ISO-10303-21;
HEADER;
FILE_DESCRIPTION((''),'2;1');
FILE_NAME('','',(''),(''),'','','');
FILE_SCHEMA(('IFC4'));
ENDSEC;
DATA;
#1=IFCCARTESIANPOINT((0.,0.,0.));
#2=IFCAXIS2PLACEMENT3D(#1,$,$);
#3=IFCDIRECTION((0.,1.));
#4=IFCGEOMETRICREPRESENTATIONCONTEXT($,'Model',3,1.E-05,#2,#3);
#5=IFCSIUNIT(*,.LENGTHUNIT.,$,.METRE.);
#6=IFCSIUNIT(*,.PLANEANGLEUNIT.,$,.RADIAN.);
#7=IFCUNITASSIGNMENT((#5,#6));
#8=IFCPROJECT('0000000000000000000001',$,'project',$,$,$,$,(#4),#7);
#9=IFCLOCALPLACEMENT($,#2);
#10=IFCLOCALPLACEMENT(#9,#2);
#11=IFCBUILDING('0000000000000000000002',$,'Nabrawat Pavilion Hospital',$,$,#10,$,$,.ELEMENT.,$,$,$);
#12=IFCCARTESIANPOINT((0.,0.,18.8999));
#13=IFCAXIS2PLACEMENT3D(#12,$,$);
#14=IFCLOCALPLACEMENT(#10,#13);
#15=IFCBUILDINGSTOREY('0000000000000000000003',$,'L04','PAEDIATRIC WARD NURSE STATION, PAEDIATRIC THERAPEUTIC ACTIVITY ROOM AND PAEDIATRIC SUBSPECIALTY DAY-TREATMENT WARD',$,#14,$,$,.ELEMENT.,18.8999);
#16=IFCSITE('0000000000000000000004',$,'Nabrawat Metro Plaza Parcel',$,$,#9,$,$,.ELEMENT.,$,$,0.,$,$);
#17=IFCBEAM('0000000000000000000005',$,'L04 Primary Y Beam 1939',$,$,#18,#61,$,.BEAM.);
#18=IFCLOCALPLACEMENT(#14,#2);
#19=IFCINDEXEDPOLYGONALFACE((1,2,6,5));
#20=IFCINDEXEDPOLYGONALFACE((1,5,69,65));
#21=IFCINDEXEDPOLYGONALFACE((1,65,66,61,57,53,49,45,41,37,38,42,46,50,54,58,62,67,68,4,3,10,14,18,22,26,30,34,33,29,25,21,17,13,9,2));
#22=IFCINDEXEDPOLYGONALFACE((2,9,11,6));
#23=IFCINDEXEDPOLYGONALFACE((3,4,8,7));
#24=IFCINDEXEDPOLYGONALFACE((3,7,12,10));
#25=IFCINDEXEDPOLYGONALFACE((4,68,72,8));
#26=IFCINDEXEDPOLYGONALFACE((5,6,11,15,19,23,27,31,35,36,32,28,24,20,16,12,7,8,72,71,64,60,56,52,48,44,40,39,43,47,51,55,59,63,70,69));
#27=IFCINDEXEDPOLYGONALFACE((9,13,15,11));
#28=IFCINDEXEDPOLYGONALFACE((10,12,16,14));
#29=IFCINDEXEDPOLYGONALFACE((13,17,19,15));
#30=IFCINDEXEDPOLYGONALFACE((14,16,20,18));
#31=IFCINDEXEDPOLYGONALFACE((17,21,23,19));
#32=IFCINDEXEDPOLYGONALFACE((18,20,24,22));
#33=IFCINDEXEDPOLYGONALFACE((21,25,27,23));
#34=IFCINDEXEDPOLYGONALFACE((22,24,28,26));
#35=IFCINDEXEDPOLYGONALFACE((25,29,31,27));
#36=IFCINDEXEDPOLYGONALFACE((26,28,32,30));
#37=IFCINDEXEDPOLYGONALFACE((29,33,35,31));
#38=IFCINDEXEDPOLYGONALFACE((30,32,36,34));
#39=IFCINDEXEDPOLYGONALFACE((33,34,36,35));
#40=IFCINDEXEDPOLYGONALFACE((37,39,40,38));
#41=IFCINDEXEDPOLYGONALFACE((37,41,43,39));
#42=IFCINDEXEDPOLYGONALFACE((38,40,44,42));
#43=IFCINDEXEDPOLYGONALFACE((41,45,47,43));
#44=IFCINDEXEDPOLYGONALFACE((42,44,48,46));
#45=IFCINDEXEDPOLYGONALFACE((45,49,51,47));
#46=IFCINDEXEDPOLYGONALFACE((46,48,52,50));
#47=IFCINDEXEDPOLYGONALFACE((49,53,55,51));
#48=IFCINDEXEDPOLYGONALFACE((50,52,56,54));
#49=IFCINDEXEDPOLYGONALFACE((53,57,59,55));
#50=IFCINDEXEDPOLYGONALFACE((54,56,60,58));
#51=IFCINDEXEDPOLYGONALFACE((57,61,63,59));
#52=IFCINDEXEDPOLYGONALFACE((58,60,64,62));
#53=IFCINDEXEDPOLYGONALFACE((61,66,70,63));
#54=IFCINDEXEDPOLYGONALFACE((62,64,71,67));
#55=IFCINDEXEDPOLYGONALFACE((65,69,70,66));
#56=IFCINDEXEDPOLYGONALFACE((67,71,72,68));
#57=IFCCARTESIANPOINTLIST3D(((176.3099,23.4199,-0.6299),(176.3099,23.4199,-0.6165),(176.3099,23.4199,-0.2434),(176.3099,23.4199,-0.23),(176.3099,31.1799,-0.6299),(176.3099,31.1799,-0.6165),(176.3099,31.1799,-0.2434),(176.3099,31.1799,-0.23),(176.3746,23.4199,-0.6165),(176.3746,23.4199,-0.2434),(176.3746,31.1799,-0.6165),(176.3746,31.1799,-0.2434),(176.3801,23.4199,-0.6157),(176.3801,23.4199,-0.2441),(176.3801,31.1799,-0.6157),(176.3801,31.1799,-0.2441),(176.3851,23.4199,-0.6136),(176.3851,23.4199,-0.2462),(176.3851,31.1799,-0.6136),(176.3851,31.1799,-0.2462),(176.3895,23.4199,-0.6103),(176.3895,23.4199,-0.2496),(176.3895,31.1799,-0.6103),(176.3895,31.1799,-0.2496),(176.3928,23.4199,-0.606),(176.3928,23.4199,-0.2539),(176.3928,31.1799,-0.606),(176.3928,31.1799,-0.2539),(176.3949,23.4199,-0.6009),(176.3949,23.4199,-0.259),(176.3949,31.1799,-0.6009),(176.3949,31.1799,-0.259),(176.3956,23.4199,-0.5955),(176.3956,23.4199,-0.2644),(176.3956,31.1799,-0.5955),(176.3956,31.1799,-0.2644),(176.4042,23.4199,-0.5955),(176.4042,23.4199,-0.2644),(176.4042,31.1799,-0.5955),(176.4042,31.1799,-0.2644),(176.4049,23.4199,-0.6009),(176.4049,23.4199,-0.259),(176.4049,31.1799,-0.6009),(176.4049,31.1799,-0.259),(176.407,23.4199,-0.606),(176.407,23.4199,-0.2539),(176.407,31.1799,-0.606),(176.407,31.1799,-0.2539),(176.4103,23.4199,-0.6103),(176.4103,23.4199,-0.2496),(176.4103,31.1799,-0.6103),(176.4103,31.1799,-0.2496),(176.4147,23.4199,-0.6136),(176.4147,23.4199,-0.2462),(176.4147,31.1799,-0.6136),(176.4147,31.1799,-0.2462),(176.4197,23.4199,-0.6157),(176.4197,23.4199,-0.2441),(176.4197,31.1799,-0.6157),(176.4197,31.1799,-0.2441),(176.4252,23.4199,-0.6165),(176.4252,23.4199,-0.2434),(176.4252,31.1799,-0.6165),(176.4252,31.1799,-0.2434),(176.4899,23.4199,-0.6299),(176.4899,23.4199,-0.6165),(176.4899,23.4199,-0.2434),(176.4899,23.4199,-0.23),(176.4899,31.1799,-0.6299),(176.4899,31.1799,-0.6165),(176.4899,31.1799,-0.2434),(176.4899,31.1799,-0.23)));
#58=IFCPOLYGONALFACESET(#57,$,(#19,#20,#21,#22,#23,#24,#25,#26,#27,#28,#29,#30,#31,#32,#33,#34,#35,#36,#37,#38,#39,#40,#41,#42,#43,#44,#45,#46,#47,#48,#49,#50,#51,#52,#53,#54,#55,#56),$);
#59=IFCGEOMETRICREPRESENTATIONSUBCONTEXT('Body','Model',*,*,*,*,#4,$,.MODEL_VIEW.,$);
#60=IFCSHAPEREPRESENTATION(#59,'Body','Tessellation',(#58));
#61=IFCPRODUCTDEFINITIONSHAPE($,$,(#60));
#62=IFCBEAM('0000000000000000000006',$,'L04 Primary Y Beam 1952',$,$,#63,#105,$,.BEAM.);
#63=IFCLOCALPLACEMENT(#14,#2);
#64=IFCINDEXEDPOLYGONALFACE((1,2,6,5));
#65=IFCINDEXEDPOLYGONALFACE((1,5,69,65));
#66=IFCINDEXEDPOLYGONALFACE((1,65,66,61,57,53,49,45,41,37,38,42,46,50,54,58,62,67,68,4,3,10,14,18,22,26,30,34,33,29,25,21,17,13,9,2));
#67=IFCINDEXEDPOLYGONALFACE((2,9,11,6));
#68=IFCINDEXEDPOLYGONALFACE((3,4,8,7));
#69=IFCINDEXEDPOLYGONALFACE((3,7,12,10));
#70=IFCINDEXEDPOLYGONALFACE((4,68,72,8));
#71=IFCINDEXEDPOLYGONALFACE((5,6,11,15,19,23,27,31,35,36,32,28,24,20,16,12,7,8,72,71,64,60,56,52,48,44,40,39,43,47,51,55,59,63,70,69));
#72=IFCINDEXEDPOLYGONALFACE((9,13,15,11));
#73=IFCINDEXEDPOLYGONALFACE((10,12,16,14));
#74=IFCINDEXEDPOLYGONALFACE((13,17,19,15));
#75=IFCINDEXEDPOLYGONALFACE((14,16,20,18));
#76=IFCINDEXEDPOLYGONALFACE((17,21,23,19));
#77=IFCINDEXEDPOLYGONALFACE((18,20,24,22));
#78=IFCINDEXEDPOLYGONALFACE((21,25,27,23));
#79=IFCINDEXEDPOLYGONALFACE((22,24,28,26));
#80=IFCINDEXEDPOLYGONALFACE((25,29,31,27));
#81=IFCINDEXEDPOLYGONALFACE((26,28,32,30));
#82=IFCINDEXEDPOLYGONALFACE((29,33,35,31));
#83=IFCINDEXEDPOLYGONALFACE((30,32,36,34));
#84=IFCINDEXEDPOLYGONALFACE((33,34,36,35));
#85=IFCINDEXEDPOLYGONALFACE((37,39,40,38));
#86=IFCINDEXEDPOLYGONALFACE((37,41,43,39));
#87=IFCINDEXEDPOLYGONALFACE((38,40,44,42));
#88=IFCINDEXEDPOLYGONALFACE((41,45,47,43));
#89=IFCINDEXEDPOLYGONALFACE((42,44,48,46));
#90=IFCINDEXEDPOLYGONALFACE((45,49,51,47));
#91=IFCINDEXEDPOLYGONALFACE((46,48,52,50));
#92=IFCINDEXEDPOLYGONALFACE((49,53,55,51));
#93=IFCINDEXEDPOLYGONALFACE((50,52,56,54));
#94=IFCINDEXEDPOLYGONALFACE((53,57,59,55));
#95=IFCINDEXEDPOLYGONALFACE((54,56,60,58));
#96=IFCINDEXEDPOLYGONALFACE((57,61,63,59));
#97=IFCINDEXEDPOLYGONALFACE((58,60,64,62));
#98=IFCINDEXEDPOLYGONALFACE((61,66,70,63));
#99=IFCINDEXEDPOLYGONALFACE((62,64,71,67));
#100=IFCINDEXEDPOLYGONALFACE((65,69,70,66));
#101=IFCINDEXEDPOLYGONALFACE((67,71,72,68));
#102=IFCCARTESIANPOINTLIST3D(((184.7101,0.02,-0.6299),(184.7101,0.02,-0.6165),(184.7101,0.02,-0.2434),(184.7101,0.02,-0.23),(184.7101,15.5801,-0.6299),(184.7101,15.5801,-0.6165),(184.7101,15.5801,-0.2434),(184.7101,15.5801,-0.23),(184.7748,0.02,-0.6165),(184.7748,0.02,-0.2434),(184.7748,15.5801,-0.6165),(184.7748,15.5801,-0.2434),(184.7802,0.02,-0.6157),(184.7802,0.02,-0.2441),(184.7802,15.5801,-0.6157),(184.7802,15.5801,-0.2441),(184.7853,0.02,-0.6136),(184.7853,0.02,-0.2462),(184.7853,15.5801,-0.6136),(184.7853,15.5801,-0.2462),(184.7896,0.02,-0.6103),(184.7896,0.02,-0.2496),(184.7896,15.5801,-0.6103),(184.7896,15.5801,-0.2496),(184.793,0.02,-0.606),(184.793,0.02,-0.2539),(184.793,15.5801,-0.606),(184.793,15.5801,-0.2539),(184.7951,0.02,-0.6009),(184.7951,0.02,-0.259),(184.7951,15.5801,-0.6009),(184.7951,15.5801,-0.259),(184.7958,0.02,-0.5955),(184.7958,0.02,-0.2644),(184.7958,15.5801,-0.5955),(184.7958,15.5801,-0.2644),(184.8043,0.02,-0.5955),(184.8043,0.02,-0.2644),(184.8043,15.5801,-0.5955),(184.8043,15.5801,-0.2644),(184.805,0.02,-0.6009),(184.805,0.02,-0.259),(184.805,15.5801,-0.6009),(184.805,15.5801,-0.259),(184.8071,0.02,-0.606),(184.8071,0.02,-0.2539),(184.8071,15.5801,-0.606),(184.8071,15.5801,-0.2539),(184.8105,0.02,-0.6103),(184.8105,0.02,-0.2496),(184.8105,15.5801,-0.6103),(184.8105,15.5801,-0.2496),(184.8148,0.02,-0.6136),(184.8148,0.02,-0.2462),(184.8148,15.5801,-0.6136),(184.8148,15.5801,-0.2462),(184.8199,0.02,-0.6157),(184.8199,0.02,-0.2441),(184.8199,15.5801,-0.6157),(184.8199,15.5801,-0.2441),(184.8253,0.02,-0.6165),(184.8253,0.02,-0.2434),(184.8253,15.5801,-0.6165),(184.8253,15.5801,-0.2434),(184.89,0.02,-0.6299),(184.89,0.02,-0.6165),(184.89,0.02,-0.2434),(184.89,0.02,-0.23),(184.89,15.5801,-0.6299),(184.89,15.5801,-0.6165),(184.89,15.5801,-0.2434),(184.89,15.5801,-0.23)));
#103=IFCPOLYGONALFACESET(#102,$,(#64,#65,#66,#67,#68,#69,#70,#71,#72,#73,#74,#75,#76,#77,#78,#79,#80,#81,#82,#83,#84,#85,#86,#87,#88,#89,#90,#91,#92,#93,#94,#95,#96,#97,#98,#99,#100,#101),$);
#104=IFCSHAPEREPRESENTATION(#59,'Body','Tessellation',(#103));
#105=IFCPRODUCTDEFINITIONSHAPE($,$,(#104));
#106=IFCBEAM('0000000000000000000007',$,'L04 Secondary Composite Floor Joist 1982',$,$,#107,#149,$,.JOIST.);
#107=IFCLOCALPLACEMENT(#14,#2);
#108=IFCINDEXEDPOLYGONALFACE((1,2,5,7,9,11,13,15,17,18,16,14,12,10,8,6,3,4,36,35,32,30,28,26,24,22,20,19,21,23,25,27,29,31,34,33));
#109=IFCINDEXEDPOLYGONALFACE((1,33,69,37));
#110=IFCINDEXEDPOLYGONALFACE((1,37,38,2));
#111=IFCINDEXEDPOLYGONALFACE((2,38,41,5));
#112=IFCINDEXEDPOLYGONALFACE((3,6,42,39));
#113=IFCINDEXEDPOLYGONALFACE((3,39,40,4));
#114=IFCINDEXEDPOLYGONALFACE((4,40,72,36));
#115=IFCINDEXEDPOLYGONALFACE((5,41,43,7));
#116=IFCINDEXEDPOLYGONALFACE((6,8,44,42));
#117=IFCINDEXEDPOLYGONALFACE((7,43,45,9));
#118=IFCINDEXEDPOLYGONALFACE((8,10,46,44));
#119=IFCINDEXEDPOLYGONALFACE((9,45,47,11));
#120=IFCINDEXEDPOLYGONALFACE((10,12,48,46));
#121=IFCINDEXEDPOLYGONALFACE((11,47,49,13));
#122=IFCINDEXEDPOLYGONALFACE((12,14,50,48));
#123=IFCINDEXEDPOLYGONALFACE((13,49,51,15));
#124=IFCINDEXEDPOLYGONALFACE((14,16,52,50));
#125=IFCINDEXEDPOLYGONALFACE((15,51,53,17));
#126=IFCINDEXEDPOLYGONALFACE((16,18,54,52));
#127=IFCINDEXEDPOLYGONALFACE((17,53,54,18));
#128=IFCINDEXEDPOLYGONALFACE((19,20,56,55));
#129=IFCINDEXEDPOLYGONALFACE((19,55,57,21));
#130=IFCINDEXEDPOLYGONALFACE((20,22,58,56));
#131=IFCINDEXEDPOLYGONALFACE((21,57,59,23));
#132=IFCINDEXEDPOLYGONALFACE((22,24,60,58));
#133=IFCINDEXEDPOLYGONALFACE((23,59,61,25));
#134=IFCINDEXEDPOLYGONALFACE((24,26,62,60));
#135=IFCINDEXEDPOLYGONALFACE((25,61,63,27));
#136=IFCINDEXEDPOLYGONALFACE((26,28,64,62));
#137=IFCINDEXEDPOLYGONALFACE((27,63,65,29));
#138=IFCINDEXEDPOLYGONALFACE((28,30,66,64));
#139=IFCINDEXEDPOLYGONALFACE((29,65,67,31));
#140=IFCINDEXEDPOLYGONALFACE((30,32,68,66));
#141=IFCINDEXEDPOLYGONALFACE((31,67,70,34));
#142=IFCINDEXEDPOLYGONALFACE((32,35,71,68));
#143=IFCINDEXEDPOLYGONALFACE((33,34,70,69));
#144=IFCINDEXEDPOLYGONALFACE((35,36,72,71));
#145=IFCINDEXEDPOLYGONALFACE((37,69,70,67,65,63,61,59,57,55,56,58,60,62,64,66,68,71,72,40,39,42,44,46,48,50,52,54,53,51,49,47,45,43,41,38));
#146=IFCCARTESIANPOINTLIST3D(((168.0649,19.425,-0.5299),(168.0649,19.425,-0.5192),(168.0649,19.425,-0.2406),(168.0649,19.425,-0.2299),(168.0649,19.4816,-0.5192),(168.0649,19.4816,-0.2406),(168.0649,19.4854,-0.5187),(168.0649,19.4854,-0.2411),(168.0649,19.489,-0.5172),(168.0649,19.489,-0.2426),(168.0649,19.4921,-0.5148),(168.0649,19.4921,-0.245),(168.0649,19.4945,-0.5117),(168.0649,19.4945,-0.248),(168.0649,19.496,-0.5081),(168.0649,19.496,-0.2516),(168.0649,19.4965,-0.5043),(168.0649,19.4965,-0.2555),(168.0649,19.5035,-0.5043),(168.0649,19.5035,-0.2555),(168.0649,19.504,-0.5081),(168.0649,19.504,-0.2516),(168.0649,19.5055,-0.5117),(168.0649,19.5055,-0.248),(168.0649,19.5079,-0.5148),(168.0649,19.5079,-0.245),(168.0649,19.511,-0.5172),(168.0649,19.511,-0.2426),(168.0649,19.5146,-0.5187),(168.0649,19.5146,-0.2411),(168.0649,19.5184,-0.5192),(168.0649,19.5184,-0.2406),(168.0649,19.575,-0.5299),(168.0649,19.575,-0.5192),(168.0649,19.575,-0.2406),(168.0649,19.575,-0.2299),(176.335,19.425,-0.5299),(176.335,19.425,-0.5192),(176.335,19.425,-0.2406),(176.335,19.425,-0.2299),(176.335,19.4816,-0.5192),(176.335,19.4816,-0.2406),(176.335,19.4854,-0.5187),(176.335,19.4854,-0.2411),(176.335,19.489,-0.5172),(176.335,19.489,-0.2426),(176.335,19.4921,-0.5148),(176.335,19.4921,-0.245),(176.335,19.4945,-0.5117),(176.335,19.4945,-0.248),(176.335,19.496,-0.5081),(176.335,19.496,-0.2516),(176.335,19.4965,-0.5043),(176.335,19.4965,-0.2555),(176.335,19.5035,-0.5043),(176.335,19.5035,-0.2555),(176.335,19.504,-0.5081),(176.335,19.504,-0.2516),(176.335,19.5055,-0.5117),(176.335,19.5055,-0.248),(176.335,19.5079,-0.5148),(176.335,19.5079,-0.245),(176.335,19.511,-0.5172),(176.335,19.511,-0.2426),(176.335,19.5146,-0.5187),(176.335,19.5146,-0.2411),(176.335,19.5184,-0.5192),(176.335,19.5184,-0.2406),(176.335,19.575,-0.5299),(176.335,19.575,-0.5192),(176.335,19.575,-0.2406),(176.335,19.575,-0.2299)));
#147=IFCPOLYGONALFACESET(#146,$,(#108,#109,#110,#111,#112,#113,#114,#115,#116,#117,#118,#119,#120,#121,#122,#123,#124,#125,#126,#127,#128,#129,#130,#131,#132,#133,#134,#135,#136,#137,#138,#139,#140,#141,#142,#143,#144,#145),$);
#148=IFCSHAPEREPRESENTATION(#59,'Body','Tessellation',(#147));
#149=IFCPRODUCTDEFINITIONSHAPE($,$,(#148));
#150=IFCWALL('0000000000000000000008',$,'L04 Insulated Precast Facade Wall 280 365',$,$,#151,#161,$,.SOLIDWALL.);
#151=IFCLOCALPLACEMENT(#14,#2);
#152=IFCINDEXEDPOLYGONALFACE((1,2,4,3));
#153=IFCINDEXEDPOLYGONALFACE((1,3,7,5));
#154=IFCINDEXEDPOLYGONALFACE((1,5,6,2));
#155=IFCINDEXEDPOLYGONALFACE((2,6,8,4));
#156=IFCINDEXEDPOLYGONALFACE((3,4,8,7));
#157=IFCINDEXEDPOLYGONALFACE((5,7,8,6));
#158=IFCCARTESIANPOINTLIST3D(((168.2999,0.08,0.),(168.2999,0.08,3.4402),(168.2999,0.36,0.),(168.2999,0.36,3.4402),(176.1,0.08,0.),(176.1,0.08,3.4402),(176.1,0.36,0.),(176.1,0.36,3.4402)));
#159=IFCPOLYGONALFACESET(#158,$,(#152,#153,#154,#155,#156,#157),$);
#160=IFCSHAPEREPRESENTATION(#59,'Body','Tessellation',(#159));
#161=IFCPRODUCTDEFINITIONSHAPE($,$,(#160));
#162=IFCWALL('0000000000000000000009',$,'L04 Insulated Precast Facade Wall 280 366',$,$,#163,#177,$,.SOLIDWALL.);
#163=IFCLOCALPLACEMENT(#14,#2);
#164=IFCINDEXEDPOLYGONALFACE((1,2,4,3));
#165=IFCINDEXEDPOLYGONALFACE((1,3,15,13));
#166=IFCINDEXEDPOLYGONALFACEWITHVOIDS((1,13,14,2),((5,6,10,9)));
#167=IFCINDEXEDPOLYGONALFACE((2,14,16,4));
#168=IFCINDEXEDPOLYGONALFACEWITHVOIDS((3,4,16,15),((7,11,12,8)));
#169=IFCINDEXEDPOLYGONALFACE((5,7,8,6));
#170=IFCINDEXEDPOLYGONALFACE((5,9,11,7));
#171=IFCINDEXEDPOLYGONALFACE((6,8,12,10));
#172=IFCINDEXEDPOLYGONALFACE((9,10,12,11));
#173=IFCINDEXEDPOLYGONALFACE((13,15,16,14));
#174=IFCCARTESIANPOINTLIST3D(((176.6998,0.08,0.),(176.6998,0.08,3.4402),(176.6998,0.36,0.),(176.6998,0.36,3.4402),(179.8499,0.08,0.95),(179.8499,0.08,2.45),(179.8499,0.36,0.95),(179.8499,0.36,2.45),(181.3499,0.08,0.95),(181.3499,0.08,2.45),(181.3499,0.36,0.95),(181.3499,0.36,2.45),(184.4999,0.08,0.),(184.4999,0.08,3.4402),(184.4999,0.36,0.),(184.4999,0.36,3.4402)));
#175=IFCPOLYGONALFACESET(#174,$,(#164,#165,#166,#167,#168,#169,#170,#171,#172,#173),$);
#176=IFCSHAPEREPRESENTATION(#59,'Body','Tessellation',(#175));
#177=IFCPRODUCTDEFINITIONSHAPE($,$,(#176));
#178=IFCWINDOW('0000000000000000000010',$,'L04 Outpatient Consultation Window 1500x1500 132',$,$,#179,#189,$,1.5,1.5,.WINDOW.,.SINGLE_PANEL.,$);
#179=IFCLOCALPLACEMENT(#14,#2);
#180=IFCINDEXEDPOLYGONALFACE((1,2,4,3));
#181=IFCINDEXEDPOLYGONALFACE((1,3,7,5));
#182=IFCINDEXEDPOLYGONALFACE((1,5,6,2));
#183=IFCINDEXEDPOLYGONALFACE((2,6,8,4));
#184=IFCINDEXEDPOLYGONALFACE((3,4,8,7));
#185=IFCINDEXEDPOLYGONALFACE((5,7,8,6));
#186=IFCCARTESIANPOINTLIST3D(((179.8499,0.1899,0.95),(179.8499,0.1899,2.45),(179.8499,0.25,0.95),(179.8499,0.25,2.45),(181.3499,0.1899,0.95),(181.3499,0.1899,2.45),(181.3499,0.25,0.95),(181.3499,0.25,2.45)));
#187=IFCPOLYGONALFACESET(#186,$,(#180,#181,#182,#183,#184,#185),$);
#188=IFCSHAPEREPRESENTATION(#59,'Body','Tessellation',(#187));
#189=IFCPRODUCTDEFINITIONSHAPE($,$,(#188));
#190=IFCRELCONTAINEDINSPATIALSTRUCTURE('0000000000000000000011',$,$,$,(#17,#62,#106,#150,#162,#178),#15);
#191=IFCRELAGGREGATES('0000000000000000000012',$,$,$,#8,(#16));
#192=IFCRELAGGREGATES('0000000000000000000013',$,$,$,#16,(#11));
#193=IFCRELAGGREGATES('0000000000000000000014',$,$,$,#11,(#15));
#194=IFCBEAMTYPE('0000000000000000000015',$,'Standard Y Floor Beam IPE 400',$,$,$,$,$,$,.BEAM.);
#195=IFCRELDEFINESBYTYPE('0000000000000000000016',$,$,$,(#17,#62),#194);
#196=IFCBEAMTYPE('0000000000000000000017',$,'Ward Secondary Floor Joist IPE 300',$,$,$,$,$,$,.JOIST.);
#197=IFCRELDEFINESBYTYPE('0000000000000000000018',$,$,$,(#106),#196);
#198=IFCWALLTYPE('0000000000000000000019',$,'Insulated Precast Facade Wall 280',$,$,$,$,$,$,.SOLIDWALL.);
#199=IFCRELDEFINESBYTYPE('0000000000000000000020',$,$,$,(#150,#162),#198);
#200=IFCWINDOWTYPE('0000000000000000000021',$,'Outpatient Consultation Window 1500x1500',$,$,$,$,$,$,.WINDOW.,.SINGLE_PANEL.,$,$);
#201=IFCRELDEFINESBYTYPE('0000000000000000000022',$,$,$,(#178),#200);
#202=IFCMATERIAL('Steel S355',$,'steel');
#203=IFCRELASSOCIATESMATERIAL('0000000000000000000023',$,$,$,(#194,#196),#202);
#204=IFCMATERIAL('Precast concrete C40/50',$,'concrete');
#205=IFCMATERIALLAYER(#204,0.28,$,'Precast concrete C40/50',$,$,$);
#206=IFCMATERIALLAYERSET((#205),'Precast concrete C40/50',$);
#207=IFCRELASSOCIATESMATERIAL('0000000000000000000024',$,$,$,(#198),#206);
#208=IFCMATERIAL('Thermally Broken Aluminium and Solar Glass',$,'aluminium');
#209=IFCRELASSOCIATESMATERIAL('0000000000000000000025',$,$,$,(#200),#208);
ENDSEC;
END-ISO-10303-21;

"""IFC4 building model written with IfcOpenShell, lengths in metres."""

from ifc_helpers import new_model, si_unit, direction, frame, frame_2d, origin, origin_2d, place, context, subcontext, project, spatial, rectangle, i_section, extrude, material, layer, layer_set, material_profile, profile_set, type_object, element, fill, save


model = new_model("IFC4")

# Units and contexts
model_context = context("Model", 3, precision=1e-05, world=origin(), true_north=direction((0.0, 1.0)))
body_context = subcontext(model_context, "Body", "Model", "MODEL_VIEW")
ifc_project = project(units=[si_unit("LENGTHUNIT", "METRE"), si_unit("PLANEANGLEUNIT", "RADIAN")], contexts=[model_context])

# Site, building, storey
site_placement = place(None, origin())
site = spatial("IfcSite", under=ifc_project, at=site_placement, Name="Nabrawat Metro Plaza Parcel", CompositionType="ELEMENT", RefElevation=0.0)
building_placement = place(site_placement, origin())
building = spatial("IfcBuilding", under=site, at=building_placement, Name="Nabrawat Pavilion Hospital", CompositionType="ELEMENT")
storey_placement = place(building_placement, frame((0.0, 0.0, 18.8999)))
storey = spatial("IfcBuildingStorey", under=building, at=storey_placement, Name="L04", Description="PAEDIATRIC WARD NURSE STATION, PAEDIATRIC THERAPEUTIC ACTIVITY ROOM AND PAEDIATRIC SUBSPECIALTY DAY-TREATMENT WARD", CompositionType="ELEMENT", Elevation=18.8999)

# Beams
ifc_material_1 = material(Name="Steel S355", Category="steel")
ifc_material_profile_1 = material_profile(ifc_material_1, i_section(OverallWidth=0.1799, OverallDepth=0.3999, WebThickness=0.0085, FlangeThickness=0.0134, FilletRadius=0.021, at=origin_2d()), Name="IPE 400")
ifc_profile_set_1 = profile_set([ifc_material_profile_1], Name="Steel S355")
beam_type_1 = type_object("IfcBeamType", Name="Standard Y Floor Beam IPE 400", PredefinedType="BEAM", material=ifc_profile_set_1)
beam_1_placement = place(storey_placement, frame((176.3999, 23.4199, -0.4299), z_axis=(0.0, 1.0, 0.0), x_axis=(-1.0, 0.0, 0.0)))
element("IfcBeam", 1, at=beam_1_placement, inside=storey, type_object=beam_type_1, Name="L04 Primary Y Beam 1939", PredefinedType="BEAM", context=body_context, shape_type="SweptSolid", body=[
    extrude(i_section(OverallWidth=0.1799, OverallDepth=0.3999, WebThickness=0.0085, FlangeThickness=0.0134, FilletRadius=0.021, at=origin_2d()), origin(), (0.0, 0.0, 1.0), 7.76),
])
beam_2_placement = place(storey_placement, frame((184.8, 0.02, -0.4299), z_axis=(0.0, 1.0, 0.0), x_axis=(-1.0, 0.0, 0.0)))
element("IfcBeam", 2, at=beam_2_placement, inside=storey, type_object=beam_type_1, Name="L04 Primary Y Beam 1952", PredefinedType="BEAM", context=body_context, shape_type="SweptSolid", body=[
    extrude(i_section(OverallWidth=0.1799, OverallDepth=0.3999, WebThickness=0.0085, FlangeThickness=0.0134, FilletRadius=0.021, at=origin_2d()), origin(), (0.0, 0.0, 1.0), 15.5601),
])
ifc_material_profile_2 = material_profile(ifc_material_1, i_section(OverallWidth=0.1499, OverallDepth=0.3, WebThickness=0.0071, FlangeThickness=0.0107, FilletRadius=0.0149, at=origin_2d()), Name="IPE 300")
ifc_profile_set_2 = profile_set([ifc_material_profile_2], Name="Steel S355")
beam_type_2 = type_object("IfcBeamType", Name="Ward Secondary Floor Joist IPE 300", PredefinedType="JOIST", material=ifc_profile_set_2)
beam_3_placement = place(storey_placement, frame((168.0649, 19.5, -0.3799), z_axis=(1.0, 0.0, 0.0), x_axis=(0.0, 1.0, 0.0)))
element("IfcBeam", 3, at=beam_3_placement, inside=storey, type_object=beam_type_2, Name="L04 Secondary Composite Floor Joist 1982", PredefinedType="JOIST", context=body_context, shape_type="SweptSolid", body=[
    extrude(i_section(OverallWidth=0.1499, OverallDepth=0.3, WebThickness=0.0071, FlangeThickness=0.0107, FilletRadius=0.0149, at=origin_2d()), origin(), (0.0, 0.0, 1.0), 8.27),
])

# Wall
ifc_material_2 = material(Name="Precast concrete C40/50", Category="concrete")
ifc_layer_1 = layer(ifc_material_2, 0.28, Name="Precast concrete C40/50")
ifc_layer_set_1 = layer_set([ifc_layer_1], Name="Precast concrete C40/50")
wall_type_1 = type_object("IfcWallType", Name="Insulated Precast Facade Wall 280", PredefinedType="SOLIDWALL", material=ifc_layer_set_1)
wall_1_placement = place(storey_placement, frame((168.3, 0.22, 0.0), z_axis=(0.0, 0.0, 1.0), x_axis=(1.0, 0.0, 0.0)))
element("IfcWall", 4, at=wall_1_placement, inside=storey, type_object=wall_type_1, Name="L04 Insulated Precast Facade Wall 280 365", PredefinedType="SOLIDWALL", context=body_context, shape_type="SweptSolid", body=[
    extrude(rectangle(XDim=7.8, YDim=0.28, at=frame_2d((3.8999, 0.0))), origin(), (0.0, 0.0, 1.0), 3.4402),
])

# Wall, opening, window
wall_2_placement = place(storey_placement, frame((176.7, 0.22, 0.0), z_axis=(0.0, 0.0, 1.0), x_axis=(1.0, 0.0, 0.0)))
wall_2 = element("IfcWall", 5, at=wall_2_placement, inside=storey, type_object=wall_type_1, Name="L04 Insulated Precast Facade Wall 280 366", PredefinedType="SOLIDWALL", context=body_context, shape_type="SweptSolid", body=[
    extrude(rectangle(XDim=7.8, YDim=0.28, at=frame_2d((3.8999, 0.0))), origin(), (0.0, 0.0, 1.0), 3.4402),
])
opening_placement = place(wall_2_placement, frame((3.1499, 0.0, 0.95)))
opening = element("IfcOpeningElement", 6, at=opening_placement, cuts=wall_2, PredefinedType="OPENING", context=body_context, shape_type="SweptSolid", body=[
    extrude(rectangle(XDim=1.5, YDim=1.5, at=frame_2d((0.75, 0.75))), frame((0.0, 0.1499, 0.0), z_axis=(0.0, -1.0, 0.0), x_axis=(1.0, 0.0, 0.0)), (0.0, 0.0, 1.0), 0.3),
])
ifc_material_3 = material(Name="Thermally Broken Aluminium and Solar Glass", Category="aluminium")
window_type = type_object("IfcWindowType", Name="Outpatient Consultation Window 1500x1500", PartitioningType="SINGLE_PANEL", PredefinedType="WINDOW", material=ifc_material_3)
window_placement = place(opening_placement, origin())
window = element("IfcWindow", 7, at=window_placement, inside=storey, type_object=window_type, Name="L04 Outpatient Consultation Window 1500x1500 132", OverallHeight=1.5, OverallWidth=1.5, PartitioningType="SINGLE_PANEL", PredefinedType="WINDOW", context=body_context, shape_type="SweptSolid", body=[
    extrude(rectangle(XDim=1.5, YDim=1.5, at=frame_2d((0.75, 0.75))), frame((0.0, 0.03, 0.0), z_axis=(0.0, -1.0, 0.0), x_axis=(1.0, 0.0, 0.0)), (0.0, 0.0, 1.0), 0.0601),
])
fill(opening, window)

save(model, "model.ifc")
